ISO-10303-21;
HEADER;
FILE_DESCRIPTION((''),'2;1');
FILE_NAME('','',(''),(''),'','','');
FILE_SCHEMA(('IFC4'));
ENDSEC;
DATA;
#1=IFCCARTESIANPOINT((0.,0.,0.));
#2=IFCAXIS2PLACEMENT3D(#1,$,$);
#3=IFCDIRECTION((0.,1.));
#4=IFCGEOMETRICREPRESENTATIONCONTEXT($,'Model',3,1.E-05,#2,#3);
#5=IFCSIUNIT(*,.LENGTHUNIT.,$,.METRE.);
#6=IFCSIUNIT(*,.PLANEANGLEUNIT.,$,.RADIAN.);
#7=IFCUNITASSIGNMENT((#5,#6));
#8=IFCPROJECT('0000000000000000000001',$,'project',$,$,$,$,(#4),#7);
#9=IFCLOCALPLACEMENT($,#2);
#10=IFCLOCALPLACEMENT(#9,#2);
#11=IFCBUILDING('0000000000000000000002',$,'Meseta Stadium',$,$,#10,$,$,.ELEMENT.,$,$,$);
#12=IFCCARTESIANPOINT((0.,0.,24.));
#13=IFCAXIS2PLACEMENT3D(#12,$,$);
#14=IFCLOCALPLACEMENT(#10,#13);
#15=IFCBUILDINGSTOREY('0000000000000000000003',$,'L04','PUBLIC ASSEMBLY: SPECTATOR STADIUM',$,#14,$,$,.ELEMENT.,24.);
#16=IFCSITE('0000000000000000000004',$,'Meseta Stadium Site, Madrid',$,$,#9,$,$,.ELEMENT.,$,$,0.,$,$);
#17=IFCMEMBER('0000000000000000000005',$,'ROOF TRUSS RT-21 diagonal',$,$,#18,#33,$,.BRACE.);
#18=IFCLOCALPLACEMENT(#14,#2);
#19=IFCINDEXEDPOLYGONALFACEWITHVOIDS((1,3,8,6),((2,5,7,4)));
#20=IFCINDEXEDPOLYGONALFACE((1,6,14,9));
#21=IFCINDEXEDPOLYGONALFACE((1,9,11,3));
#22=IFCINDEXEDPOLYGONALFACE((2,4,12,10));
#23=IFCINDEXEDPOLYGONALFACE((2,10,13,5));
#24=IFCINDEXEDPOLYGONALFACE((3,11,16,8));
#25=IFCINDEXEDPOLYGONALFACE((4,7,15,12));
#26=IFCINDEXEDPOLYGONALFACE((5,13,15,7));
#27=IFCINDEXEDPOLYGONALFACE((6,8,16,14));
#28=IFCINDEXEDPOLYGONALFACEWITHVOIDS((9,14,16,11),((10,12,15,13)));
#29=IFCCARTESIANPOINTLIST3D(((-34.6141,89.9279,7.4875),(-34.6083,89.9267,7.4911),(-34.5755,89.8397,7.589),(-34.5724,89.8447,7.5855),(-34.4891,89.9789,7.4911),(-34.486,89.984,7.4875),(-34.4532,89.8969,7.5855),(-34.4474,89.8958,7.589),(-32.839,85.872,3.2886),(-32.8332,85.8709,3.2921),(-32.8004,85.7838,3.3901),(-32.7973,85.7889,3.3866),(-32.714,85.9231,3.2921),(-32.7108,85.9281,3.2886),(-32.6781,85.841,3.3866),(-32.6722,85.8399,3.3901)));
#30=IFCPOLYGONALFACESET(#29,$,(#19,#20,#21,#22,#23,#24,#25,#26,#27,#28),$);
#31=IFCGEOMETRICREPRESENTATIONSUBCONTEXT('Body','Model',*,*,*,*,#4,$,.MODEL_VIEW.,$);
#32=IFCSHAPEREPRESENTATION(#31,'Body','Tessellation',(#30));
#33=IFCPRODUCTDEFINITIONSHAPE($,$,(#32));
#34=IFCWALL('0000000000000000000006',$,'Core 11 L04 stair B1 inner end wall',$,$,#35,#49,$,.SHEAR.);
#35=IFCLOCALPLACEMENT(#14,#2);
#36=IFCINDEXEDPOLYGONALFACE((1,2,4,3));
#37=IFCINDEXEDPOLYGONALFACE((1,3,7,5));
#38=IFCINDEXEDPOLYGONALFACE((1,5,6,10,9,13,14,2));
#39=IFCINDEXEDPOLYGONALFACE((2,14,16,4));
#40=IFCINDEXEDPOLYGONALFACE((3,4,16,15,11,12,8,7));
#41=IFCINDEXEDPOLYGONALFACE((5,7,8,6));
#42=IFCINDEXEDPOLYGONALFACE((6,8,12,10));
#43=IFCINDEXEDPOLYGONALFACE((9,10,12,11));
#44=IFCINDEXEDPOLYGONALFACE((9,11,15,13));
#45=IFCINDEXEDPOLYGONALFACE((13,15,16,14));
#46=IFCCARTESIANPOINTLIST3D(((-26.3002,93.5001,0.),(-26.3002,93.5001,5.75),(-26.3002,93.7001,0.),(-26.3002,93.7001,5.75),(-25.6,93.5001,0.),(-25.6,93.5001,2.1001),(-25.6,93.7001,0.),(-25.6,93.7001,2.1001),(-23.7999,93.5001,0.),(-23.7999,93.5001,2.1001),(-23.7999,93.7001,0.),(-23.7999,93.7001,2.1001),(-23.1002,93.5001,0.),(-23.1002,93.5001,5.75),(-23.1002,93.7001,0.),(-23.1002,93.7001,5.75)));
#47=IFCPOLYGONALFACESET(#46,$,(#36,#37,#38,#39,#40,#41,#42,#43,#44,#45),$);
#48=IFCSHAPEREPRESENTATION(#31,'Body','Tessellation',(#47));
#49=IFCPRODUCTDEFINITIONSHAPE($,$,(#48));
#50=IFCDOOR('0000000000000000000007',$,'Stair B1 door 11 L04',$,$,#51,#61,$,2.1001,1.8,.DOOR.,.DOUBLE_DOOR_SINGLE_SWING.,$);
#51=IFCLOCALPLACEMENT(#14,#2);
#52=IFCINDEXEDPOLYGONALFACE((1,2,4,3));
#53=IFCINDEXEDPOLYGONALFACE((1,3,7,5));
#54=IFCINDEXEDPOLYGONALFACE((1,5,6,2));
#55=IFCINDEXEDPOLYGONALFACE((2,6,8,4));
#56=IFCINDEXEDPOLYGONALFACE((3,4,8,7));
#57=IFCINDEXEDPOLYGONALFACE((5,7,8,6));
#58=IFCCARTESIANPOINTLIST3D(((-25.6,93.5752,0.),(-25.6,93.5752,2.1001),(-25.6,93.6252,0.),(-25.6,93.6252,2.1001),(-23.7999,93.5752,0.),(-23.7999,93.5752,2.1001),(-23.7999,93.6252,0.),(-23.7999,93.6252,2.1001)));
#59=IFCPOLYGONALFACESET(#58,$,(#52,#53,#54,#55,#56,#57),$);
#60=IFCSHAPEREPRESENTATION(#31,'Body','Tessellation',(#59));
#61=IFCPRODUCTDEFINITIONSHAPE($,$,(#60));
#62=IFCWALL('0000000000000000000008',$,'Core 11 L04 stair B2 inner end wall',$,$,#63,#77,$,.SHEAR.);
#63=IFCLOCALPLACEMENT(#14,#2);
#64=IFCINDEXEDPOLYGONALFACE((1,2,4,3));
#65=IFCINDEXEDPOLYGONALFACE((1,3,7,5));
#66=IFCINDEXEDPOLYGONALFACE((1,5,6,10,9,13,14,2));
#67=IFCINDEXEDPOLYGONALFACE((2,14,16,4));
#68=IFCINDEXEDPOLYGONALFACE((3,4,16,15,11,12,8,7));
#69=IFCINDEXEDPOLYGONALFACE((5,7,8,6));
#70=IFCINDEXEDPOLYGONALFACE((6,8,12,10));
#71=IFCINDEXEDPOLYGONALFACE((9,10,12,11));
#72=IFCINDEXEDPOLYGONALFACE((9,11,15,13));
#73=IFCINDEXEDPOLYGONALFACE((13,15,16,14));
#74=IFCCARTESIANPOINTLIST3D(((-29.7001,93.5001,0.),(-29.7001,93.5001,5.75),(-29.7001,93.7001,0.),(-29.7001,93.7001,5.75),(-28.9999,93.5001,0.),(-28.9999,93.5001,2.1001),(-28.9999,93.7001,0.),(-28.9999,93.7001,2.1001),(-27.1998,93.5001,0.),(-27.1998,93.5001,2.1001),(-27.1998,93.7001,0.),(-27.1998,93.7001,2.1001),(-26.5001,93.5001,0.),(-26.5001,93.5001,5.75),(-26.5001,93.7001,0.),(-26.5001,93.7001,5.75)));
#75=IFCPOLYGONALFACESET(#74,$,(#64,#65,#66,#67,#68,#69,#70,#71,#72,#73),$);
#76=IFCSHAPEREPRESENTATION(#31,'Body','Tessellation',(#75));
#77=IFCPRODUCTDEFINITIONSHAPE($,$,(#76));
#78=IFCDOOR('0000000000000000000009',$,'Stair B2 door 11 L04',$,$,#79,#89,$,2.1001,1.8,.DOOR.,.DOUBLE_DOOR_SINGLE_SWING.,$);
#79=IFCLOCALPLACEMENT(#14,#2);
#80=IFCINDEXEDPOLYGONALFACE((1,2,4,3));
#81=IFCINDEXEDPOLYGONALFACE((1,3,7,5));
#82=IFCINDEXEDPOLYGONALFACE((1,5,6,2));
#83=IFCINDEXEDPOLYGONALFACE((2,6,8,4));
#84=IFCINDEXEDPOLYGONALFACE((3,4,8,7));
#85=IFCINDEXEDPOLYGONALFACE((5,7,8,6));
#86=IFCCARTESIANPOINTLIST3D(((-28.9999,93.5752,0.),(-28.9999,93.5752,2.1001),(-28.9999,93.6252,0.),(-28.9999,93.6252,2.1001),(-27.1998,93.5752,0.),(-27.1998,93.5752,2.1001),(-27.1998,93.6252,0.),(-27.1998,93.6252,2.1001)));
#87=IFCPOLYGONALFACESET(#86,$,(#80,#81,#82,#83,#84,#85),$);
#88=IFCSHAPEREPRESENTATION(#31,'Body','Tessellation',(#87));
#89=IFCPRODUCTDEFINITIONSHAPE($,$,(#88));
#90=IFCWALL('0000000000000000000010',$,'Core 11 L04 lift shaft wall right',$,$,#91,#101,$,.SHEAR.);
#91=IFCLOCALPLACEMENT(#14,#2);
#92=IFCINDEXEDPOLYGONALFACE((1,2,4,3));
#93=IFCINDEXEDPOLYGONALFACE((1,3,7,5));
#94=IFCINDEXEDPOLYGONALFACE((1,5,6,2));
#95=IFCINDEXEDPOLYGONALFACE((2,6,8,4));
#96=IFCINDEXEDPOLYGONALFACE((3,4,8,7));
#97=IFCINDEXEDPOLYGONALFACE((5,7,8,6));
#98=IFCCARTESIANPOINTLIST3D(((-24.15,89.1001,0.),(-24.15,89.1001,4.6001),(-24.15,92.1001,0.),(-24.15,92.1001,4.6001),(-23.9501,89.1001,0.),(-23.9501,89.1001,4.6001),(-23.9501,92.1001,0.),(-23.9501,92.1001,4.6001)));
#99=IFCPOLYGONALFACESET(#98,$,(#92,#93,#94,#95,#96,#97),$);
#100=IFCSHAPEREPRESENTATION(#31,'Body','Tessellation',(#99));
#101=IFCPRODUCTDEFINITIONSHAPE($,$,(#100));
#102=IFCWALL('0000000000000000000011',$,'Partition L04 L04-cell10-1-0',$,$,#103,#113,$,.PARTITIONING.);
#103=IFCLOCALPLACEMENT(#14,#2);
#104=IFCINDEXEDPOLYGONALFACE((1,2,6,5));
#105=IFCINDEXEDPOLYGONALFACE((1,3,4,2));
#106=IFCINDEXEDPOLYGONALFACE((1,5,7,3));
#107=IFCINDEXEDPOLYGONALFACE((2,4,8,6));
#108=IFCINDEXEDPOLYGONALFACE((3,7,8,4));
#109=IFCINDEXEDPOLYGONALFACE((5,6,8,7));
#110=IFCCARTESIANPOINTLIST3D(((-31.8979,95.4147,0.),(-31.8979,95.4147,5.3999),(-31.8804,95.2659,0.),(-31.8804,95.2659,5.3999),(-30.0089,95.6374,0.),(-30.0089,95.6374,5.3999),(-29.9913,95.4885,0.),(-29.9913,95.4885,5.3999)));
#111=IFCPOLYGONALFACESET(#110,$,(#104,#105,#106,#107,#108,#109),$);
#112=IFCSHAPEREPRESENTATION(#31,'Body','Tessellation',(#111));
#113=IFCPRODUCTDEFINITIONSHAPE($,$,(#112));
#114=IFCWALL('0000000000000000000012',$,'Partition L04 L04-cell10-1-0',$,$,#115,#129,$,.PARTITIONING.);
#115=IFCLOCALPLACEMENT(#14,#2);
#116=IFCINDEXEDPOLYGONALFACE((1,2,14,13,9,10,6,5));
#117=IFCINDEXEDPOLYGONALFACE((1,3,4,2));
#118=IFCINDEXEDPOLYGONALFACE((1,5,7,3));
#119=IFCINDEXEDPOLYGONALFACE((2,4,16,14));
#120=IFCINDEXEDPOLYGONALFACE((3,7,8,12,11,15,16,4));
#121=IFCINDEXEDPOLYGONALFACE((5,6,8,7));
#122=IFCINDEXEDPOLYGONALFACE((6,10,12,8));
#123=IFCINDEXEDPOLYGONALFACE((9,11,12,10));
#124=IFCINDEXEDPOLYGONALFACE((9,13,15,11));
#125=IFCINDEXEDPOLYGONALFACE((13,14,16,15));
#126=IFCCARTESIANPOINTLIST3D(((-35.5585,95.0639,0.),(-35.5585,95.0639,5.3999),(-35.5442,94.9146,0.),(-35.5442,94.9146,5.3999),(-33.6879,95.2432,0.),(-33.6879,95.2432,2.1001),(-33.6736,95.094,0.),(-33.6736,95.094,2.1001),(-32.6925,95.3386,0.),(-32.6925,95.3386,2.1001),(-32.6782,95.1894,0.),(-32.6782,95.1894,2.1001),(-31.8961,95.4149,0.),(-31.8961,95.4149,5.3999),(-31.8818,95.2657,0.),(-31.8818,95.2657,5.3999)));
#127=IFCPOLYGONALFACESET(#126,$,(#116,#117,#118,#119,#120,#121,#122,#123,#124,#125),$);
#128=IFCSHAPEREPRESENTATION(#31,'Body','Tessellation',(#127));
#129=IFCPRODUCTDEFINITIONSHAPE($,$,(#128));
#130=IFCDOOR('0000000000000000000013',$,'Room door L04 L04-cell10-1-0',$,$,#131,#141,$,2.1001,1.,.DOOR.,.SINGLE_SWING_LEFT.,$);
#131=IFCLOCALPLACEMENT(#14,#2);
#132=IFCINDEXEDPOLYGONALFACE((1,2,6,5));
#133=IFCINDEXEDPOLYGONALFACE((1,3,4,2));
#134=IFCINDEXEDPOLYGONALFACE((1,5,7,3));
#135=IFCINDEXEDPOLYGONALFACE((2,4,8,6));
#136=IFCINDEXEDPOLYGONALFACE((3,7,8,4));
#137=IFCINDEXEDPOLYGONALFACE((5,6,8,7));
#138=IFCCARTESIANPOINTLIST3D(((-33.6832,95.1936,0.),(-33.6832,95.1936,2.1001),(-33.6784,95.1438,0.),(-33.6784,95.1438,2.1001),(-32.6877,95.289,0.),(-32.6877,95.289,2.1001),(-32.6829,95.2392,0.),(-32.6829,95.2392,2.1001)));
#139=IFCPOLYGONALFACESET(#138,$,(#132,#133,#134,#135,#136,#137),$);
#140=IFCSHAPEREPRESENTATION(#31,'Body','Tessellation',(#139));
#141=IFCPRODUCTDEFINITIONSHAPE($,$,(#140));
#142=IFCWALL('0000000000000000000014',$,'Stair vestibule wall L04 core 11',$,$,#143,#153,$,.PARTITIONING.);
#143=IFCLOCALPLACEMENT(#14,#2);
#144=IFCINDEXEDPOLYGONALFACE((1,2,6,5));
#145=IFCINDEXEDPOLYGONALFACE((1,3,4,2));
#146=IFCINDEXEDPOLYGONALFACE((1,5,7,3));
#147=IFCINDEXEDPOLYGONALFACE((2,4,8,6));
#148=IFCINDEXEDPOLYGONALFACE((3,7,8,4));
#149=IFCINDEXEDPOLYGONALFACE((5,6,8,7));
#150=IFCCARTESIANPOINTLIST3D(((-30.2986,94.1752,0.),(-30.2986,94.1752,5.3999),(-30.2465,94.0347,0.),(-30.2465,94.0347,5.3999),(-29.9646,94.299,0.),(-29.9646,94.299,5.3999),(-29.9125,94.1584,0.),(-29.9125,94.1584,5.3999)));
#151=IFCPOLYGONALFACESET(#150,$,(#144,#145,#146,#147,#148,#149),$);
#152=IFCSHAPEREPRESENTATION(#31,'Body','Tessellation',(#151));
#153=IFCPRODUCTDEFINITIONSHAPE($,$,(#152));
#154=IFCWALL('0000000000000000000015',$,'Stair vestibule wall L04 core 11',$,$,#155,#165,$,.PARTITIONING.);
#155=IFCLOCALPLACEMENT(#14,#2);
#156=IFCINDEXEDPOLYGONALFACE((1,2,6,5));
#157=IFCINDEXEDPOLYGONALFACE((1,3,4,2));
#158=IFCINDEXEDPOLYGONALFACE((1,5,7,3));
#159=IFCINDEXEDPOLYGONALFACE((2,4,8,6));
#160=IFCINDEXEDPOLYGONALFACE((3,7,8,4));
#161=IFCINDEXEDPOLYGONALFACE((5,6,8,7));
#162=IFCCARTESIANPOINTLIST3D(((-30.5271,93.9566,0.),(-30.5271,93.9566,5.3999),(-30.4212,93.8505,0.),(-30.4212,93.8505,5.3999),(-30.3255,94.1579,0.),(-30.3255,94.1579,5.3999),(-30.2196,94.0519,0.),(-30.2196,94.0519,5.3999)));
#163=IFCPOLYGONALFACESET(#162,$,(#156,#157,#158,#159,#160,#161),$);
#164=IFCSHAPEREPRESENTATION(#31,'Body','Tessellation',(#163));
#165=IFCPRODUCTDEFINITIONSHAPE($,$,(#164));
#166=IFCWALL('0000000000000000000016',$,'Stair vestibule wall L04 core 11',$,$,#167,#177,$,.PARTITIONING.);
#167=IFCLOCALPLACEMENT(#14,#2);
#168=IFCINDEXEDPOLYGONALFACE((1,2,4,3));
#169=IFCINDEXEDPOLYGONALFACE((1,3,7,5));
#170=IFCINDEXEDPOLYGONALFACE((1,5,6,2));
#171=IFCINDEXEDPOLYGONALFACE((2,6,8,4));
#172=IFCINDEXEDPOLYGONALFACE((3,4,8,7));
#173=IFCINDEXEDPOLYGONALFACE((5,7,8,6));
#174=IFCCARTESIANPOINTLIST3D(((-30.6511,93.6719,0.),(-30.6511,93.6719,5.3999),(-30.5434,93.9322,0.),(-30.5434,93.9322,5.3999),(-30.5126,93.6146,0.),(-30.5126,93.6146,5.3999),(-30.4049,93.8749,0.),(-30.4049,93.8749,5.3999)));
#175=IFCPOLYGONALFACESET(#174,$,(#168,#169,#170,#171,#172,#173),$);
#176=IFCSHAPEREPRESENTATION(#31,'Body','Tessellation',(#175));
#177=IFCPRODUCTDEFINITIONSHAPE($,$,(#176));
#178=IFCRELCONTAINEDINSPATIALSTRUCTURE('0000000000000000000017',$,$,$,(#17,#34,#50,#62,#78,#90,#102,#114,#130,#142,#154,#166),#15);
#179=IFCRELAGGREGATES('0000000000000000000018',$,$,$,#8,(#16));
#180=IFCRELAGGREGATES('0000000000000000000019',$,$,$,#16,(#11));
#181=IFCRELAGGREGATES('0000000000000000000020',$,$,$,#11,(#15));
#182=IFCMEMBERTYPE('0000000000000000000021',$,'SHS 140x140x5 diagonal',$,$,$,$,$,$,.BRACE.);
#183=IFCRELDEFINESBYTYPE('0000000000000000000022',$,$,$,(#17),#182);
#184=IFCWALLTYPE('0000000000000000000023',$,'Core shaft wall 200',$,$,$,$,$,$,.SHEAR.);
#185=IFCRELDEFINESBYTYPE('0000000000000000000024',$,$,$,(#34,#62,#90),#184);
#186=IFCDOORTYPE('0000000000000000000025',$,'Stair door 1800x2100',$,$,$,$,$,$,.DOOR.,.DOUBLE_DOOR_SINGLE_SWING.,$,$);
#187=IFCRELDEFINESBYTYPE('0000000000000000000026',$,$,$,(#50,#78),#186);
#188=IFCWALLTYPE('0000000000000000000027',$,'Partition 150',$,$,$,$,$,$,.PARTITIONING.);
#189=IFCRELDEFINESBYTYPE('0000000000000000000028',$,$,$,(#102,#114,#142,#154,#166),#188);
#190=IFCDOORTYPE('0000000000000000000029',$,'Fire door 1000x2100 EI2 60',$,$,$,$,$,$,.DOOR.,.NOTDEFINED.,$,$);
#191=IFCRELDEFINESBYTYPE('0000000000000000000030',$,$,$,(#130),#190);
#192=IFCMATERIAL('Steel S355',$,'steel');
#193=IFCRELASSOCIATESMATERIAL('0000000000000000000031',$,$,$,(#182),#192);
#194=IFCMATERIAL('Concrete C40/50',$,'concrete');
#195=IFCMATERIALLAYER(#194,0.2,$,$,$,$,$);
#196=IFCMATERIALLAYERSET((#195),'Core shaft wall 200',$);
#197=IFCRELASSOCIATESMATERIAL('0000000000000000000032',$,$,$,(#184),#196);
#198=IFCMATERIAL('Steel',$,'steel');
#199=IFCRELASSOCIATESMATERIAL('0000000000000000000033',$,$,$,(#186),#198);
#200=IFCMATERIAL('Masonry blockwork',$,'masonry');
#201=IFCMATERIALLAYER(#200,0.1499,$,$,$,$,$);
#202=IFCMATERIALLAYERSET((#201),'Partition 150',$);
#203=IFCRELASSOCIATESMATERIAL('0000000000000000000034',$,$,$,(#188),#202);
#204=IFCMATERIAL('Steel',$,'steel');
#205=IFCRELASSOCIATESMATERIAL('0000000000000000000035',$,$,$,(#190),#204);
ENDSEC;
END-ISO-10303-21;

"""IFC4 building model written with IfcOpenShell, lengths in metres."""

from ifc_helpers import new_model, si_unit, direction, frame, frame_2d, origin, origin_2d, place, context, subcontext, project, spatial, rectangle, hollow_rectangle, extrude, material, layer, layer_set, material_profile, profile_set, type_object, element, fill, save


model = new_model("IFC4")

# Units and contexts
model_context = context("Model", 3, precision=1e-05, world=origin(), true_north=direction((0.0, 1.0)))
body_context = subcontext(model_context, "Body", "Model", "MODEL_VIEW")
ifc_project = project(units=[si_unit("LENGTHUNIT", "METRE"), si_unit("PLANEANGLEUNIT", "RADIAN")], contexts=[model_context])

# Site, building, storey
site_placement = place(None, origin())
site = spatial("IfcSite", under=ifc_project, at=site_placement, Name="Meseta Stadium Site, Madrid", CompositionType="ELEMENT", RefElevation=0.0)
building_placement = place(site_placement, origin())
building = spatial("IfcBuilding", under=site, at=building_placement, Name="Meseta Stadium", CompositionType="ELEMENT")
storey_placement = place(building_placement, frame((0.0, 0.0, 24.0)))
storey = spatial("IfcBuildingStorey", under=building, at=storey_placement, Name="L04", Description="PUBLIC ASSEMBLY: SPECTATOR STADIUM", CompositionType="ELEMENT", Elevation=24.0)

# Member
ifc_material_1 = material(Name="Steel S355", Category="steel")
ifc_material_profile_1 = material_profile(ifc_material_1, hollow_rectangle(XDim=0.1399, YDim=0.1399, WallThickness=0.0049, at=origin_2d()), Name="SHS 140x140x5")
ifc_profile_set_1 = profile_set([ifc_material_profile_1], Name="Steel S355")
member_type = type_object("IfcMemberType", Name="SHS 140x140x5 diagonal", PredefinedType="BRACE", material=ifc_profile_set_1)
member_placement = place(storey_placement, frame((-32.7556, 85.856, 3.3394), z_axis=(-0.290918, 0.664698, 0.688145), x_axis=(-0.9161, -0.400949, 0.0)))
element("IfcMember", 1, at=member_placement, inside=storey, type_object=member_type, Name="ROOF TRUSS RT-21 diagonal", PredefinedType="BRACE", context=body_context, shape_type="SweptSolid", body=[
    extrude(hollow_rectangle(XDim=0.1399, YDim=0.1399, WallThickness=0.0049, at=origin_2d()), origin(), (0.0, 0.0, 1.0), 6.1018),
])

# Walls, openings, doors
ifc_material_2 = material(Name="Concrete C40/50", Category="concrete")
ifc_layer_1 = layer(ifc_material_2, 0.2)
ifc_layer_set_1 = layer_set([ifc_layer_1], Name="Core shaft wall 200")
wall_type_1 = type_object("IfcWallType", Name="Core shaft wall 200", PredefinedType="SHEAR", material=ifc_layer_set_1)
wall_1_placement = place(storey_placement, frame((-23.1001, 93.6001, 0.0), z_axis=(0.0, 0.0, 1.0), x_axis=(-1.0, 0.0, 0.0)))
wall_1 = element("IfcWall", 2, at=wall_1_placement, inside=storey, type_object=wall_type_1, Name="Core 11 L04 stair B1 inner end wall", PredefinedType="SHEAR", context=body_context, shape_type="SweptSolid", body=[
    extrude(rectangle(XDim=3.2, YDim=0.2, at=frame_2d((1.6001, 0.0))), origin(), (0.0, 0.0, 1.0), 5.75),
])
opening_1_placement = place(wall_1_placement, frame((0.7, 0.0, 0.0)))
opening_1 = element("IfcOpeningElement", 3, at=opening_1_placement, cuts=wall_1, PredefinedType="OPENING", context=body_context, shape_type="SweptSolid", body=[
    extrude(rectangle(XDim=1.8, YDim=2.1001, at=frame_2d((0.8999, 1.05))), frame((0.0, 0.1099, 0.0), z_axis=(0.0, -1.0, 0.0), x_axis=(1.0, 0.0, 0.0)), (0.0, 0.0, 1.0), 0.22),
])
ifc_material_3 = material(Name="Steel", Category="steel")
door_type_1 = type_object("IfcDoorType", Name="Stair door 1800x2100", OperationType="DOUBLE_DOOR_SINGLE_SWING", PredefinedType="DOOR", material=ifc_material_3)
door_1_placement = place(opening_1_placement, origin())
door_1 = element("IfcDoor", 4, at=door_1_placement, inside=storey, type_object=door_type_1, Name="Stair B1 door 11 L04", OperationType="DOUBLE_DOOR_SINGLE_SWING", OverallHeight=2.1001, OverallWidth=1.8, PredefinedType="DOOR", context=body_context, shape_type="SweptSolid", body=[
    extrude(rectangle(XDim=1.8, YDim=2.1001, at=frame_2d((0.8999, 1.05))), frame((0.0, 0.0249, 0.0), z_axis=(0.0, -1.0, 0.0), x_axis=(1.0, 0.0, 0.0)), (0.0, 0.0, 1.0), 0.05),
])
fill(opening_1, door_1)
wall_2_placement = place(storey_placement, frame((-26.5, 93.6001, 0.0), z_axis=(0.0, 0.0, 1.0), x_axis=(-1.0, 0.0, 0.0)))
wall_2 = element("IfcWall", 5, at=wall_2_placement, inside=storey, type_object=wall_type_1, Name="Core 11 L04 stair B2 inner end wall", PredefinedType="SHEAR", context=body_context, shape_type="SweptSolid", body=[
    extrude(rectangle(XDim=3.2, YDim=0.2, at=frame_2d((1.6001, 0.0))), origin(), (0.0, 0.0, 1.0), 5.75),
])
opening_2_placement = place(wall_2_placement, frame((0.7, 0.0, 0.0)))
opening_2 = element("IfcOpeningElement", 6, at=opening_2_placement, cuts=wall_2, PredefinedType="OPENING", context=body_context, shape_type="SweptSolid", body=[
    extrude(rectangle(XDim=1.8, YDim=2.1001, at=frame_2d((0.8999, 1.05))), frame((0.0, 0.1099, 0.0), z_axis=(0.0, -1.0, 0.0), x_axis=(1.0, 0.0, 0.0)), (0.0, 0.0, 1.0), 0.22),
])
door_2_placement = place(opening_2_placement, origin())
door_2 = element("IfcDoor", 7, at=door_2_placement, inside=storey, type_object=door_type_1, Name="Stair B2 door 11 L04", OperationType="DOUBLE_DOOR_SINGLE_SWING", OverallHeight=2.1001, OverallWidth=1.8, PredefinedType="DOOR", context=body_context, shape_type="SweptSolid", body=[
    extrude(rectangle(XDim=1.8, YDim=2.1001, at=frame_2d((0.8999, 1.05))), frame((0.0, 0.0249, 0.0), z_axis=(0.0, -1.0, 0.0), x_axis=(1.0, 0.0, 0.0)), (0.0, 0.0, 1.0), 0.05),
])
fill(opening_2, door_2)

# Walls
wall_3_placement = place(storey_placement, frame((-24.05, 92.1001, 0.0), z_axis=(0.0, 0.0, 1.0), x_axis=(0.0, -1.0, 0.0)))
element("IfcWall", 8, at=wall_3_placement, inside=storey, type_object=wall_type_1, Name="Core 11 L04 lift shaft wall right", PredefinedType="SHEAR", context=body_context, shape_type="SweptSolid", body=[
    extrude(rectangle(XDim=3.0, YDim=0.2, at=frame_2d((1.5, 0.0))), origin(), (0.0, 0.0, 1.0), 4.6001),
])
ifc_material_4 = material(Name="Masonry blockwork", Category="masonry")
ifc_layer_2 = layer(ifc_material_4, 0.1499)
ifc_layer_set_2 = layer_set([ifc_layer_2], Name="Partition 150")
wall_type_2 = type_object("IfcWallType", Name="Partition 150", PredefinedType="PARTITIONING", material=ifc_layer_set_2)
wall_4_placement = place(storey_placement, frame((-30.0, 95.563, 0.0), z_axis=(0.0, 0.0, 1.0), x_axis=(-0.993124, -0.117065, 0.0)))
element("IfcWall", 9, at=wall_4_placement, inside=storey, type_object=wall_type_2, Name="Partition L04 L04-cell10-1-0", PredefinedType="PARTITIONING", context=body_context, shape_type="SweptSolid", body=[
    extrude(rectangle(XDim=1.9021, YDim=0.1499, at=frame_2d((0.9512, 0.0))), origin(), (0.0, 0.0, 1.0), 5.3999),
])

# Wall, opening, door
wall_5_placement = place(storey_placement, frame((-31.8889, 95.3403, 0.0), z_axis=(0.0, 0.0, 1.0), x_axis=(-0.995437, -0.095423, 0.0)))
wall_5 = element("IfcWall", 10, at=wall_5_placement, inside=storey, type_object=wall_type_2, Name="Partition L04 L04-cell10-1-0", PredefinedType="PARTITIONING", context=body_context, shape_type="SweptSolid", body=[
    extrude(rectangle(XDim=3.6792, YDim=0.1499, at=frame_2d((1.8396, 0.0))), origin(), (0.0, 0.0, 1.0), 5.3999),
])
opening_3_placement = place(wall_5_placement, frame((0.8, 0.0, 0.0)))
opening_3 = element("IfcOpeningElement", 11, at=opening_3_placement, cuts=wall_5, PredefinedType="OPENING", context=body_context, shape_type="SweptSolid", body=[
    extrude(rectangle(XDim=1.0, YDim=2.1001, at=frame_2d((0.5, 1.05))), frame((0.0, 0.085, 0.0), z_axis=(0.0, -1.0, 0.0), x_axis=(1.0, 0.0, 0.0)), (0.0, 0.0, 1.0), 0.1699),
])
ifc_material_5 = material(Name="Steel", Category="steel")
door_type_2 = type_object("IfcDoorType", Name="Fire door 1000x2100 EI2 60", OperationType="NOTDEFINED", PredefinedType="DOOR", material=ifc_material_5)
door_3_placement = place(opening_3_placement, origin())
door_3 = element("IfcDoor", 12, at=door_3_placement, inside=storey, type_object=door_type_2, Name="Room door L04 L04-cell10-1-0", OperationType="SINGLE_SWING_LEFT", OverallHeight=2.1001, OverallWidth=1.0, PredefinedType="DOOR", context=body_context, shape_type="SweptSolid", body=[
    extrude(rectangle(XDim=1.0, YDim=2.1001, at=frame_2d((0.5, 1.05))), frame((0.0, 0.0249, 0.0), z_axis=(0.0, -1.0, 0.0), x_axis=(1.0, 0.0, 0.0)), (0.0, 0.0, 1.0), 0.05),
])
fill(opening_3, door_3)

# Walls
wall_6_placement = place(storey_placement, frame((-29.9385, 94.2288, 0.0), z_axis=(0.0, 0.0, 1.0), x_axis=(-0.937674, -0.347515, 0.0)))
element("IfcWall", 13, at=wall_6_placement, inside=storey, type_object=wall_type_2, Name="Stair vestibule wall L04 core 11", PredefinedType="PARTITIONING", context=body_context, shape_type="SweptSolid", body=[
    extrude(rectangle(XDim=0.3562, YDim=0.1499, at=frame_2d((0.1782, 0.0))), origin(), (0.0, 0.0, 1.0), 5.3999),
])
wall_7_placement = place(storey_placement, frame((-30.2725, 94.105, 0.0), z_axis=(0.0, 0.0, 1.0), x_axis=(-0.707535, -0.706678, 0.0)))
element("IfcWall", 14, at=wall_7_placement, inside=storey, type_object=wall_type_2, Name="Stair vestibule wall L04 core 11", PredefinedType="PARTITIONING", context=body_context, shape_type="SweptSolid", body=[
    extrude(rectangle(XDim=0.2849, YDim=0.1499, at=frame_2d((0.1426, 0.0))), origin(), (0.0, 0.0, 1.0), 5.3999),
])
wall_8_placement = place(storey_placement, frame((-30.4741, 93.9036, 0.0), z_axis=(0.0, 0.0, 1.0), x_axis=(-0.382275, -0.924049, 0.0)))
element("IfcWall", 15, at=wall_8_placement, inside=storey, type_object=wall_type_2, Name="Stair vestibule wall L04 core 11", PredefinedType="PARTITIONING", context=body_context, shape_type="SweptSolid", body=[
    extrude(rectangle(XDim=0.2817, YDim=0.1499, at=frame_2d((0.1409, 0.0))), origin(), (0.0, 0.0, 1.0), 5.3999),
])

save(model, "model.ifc")
